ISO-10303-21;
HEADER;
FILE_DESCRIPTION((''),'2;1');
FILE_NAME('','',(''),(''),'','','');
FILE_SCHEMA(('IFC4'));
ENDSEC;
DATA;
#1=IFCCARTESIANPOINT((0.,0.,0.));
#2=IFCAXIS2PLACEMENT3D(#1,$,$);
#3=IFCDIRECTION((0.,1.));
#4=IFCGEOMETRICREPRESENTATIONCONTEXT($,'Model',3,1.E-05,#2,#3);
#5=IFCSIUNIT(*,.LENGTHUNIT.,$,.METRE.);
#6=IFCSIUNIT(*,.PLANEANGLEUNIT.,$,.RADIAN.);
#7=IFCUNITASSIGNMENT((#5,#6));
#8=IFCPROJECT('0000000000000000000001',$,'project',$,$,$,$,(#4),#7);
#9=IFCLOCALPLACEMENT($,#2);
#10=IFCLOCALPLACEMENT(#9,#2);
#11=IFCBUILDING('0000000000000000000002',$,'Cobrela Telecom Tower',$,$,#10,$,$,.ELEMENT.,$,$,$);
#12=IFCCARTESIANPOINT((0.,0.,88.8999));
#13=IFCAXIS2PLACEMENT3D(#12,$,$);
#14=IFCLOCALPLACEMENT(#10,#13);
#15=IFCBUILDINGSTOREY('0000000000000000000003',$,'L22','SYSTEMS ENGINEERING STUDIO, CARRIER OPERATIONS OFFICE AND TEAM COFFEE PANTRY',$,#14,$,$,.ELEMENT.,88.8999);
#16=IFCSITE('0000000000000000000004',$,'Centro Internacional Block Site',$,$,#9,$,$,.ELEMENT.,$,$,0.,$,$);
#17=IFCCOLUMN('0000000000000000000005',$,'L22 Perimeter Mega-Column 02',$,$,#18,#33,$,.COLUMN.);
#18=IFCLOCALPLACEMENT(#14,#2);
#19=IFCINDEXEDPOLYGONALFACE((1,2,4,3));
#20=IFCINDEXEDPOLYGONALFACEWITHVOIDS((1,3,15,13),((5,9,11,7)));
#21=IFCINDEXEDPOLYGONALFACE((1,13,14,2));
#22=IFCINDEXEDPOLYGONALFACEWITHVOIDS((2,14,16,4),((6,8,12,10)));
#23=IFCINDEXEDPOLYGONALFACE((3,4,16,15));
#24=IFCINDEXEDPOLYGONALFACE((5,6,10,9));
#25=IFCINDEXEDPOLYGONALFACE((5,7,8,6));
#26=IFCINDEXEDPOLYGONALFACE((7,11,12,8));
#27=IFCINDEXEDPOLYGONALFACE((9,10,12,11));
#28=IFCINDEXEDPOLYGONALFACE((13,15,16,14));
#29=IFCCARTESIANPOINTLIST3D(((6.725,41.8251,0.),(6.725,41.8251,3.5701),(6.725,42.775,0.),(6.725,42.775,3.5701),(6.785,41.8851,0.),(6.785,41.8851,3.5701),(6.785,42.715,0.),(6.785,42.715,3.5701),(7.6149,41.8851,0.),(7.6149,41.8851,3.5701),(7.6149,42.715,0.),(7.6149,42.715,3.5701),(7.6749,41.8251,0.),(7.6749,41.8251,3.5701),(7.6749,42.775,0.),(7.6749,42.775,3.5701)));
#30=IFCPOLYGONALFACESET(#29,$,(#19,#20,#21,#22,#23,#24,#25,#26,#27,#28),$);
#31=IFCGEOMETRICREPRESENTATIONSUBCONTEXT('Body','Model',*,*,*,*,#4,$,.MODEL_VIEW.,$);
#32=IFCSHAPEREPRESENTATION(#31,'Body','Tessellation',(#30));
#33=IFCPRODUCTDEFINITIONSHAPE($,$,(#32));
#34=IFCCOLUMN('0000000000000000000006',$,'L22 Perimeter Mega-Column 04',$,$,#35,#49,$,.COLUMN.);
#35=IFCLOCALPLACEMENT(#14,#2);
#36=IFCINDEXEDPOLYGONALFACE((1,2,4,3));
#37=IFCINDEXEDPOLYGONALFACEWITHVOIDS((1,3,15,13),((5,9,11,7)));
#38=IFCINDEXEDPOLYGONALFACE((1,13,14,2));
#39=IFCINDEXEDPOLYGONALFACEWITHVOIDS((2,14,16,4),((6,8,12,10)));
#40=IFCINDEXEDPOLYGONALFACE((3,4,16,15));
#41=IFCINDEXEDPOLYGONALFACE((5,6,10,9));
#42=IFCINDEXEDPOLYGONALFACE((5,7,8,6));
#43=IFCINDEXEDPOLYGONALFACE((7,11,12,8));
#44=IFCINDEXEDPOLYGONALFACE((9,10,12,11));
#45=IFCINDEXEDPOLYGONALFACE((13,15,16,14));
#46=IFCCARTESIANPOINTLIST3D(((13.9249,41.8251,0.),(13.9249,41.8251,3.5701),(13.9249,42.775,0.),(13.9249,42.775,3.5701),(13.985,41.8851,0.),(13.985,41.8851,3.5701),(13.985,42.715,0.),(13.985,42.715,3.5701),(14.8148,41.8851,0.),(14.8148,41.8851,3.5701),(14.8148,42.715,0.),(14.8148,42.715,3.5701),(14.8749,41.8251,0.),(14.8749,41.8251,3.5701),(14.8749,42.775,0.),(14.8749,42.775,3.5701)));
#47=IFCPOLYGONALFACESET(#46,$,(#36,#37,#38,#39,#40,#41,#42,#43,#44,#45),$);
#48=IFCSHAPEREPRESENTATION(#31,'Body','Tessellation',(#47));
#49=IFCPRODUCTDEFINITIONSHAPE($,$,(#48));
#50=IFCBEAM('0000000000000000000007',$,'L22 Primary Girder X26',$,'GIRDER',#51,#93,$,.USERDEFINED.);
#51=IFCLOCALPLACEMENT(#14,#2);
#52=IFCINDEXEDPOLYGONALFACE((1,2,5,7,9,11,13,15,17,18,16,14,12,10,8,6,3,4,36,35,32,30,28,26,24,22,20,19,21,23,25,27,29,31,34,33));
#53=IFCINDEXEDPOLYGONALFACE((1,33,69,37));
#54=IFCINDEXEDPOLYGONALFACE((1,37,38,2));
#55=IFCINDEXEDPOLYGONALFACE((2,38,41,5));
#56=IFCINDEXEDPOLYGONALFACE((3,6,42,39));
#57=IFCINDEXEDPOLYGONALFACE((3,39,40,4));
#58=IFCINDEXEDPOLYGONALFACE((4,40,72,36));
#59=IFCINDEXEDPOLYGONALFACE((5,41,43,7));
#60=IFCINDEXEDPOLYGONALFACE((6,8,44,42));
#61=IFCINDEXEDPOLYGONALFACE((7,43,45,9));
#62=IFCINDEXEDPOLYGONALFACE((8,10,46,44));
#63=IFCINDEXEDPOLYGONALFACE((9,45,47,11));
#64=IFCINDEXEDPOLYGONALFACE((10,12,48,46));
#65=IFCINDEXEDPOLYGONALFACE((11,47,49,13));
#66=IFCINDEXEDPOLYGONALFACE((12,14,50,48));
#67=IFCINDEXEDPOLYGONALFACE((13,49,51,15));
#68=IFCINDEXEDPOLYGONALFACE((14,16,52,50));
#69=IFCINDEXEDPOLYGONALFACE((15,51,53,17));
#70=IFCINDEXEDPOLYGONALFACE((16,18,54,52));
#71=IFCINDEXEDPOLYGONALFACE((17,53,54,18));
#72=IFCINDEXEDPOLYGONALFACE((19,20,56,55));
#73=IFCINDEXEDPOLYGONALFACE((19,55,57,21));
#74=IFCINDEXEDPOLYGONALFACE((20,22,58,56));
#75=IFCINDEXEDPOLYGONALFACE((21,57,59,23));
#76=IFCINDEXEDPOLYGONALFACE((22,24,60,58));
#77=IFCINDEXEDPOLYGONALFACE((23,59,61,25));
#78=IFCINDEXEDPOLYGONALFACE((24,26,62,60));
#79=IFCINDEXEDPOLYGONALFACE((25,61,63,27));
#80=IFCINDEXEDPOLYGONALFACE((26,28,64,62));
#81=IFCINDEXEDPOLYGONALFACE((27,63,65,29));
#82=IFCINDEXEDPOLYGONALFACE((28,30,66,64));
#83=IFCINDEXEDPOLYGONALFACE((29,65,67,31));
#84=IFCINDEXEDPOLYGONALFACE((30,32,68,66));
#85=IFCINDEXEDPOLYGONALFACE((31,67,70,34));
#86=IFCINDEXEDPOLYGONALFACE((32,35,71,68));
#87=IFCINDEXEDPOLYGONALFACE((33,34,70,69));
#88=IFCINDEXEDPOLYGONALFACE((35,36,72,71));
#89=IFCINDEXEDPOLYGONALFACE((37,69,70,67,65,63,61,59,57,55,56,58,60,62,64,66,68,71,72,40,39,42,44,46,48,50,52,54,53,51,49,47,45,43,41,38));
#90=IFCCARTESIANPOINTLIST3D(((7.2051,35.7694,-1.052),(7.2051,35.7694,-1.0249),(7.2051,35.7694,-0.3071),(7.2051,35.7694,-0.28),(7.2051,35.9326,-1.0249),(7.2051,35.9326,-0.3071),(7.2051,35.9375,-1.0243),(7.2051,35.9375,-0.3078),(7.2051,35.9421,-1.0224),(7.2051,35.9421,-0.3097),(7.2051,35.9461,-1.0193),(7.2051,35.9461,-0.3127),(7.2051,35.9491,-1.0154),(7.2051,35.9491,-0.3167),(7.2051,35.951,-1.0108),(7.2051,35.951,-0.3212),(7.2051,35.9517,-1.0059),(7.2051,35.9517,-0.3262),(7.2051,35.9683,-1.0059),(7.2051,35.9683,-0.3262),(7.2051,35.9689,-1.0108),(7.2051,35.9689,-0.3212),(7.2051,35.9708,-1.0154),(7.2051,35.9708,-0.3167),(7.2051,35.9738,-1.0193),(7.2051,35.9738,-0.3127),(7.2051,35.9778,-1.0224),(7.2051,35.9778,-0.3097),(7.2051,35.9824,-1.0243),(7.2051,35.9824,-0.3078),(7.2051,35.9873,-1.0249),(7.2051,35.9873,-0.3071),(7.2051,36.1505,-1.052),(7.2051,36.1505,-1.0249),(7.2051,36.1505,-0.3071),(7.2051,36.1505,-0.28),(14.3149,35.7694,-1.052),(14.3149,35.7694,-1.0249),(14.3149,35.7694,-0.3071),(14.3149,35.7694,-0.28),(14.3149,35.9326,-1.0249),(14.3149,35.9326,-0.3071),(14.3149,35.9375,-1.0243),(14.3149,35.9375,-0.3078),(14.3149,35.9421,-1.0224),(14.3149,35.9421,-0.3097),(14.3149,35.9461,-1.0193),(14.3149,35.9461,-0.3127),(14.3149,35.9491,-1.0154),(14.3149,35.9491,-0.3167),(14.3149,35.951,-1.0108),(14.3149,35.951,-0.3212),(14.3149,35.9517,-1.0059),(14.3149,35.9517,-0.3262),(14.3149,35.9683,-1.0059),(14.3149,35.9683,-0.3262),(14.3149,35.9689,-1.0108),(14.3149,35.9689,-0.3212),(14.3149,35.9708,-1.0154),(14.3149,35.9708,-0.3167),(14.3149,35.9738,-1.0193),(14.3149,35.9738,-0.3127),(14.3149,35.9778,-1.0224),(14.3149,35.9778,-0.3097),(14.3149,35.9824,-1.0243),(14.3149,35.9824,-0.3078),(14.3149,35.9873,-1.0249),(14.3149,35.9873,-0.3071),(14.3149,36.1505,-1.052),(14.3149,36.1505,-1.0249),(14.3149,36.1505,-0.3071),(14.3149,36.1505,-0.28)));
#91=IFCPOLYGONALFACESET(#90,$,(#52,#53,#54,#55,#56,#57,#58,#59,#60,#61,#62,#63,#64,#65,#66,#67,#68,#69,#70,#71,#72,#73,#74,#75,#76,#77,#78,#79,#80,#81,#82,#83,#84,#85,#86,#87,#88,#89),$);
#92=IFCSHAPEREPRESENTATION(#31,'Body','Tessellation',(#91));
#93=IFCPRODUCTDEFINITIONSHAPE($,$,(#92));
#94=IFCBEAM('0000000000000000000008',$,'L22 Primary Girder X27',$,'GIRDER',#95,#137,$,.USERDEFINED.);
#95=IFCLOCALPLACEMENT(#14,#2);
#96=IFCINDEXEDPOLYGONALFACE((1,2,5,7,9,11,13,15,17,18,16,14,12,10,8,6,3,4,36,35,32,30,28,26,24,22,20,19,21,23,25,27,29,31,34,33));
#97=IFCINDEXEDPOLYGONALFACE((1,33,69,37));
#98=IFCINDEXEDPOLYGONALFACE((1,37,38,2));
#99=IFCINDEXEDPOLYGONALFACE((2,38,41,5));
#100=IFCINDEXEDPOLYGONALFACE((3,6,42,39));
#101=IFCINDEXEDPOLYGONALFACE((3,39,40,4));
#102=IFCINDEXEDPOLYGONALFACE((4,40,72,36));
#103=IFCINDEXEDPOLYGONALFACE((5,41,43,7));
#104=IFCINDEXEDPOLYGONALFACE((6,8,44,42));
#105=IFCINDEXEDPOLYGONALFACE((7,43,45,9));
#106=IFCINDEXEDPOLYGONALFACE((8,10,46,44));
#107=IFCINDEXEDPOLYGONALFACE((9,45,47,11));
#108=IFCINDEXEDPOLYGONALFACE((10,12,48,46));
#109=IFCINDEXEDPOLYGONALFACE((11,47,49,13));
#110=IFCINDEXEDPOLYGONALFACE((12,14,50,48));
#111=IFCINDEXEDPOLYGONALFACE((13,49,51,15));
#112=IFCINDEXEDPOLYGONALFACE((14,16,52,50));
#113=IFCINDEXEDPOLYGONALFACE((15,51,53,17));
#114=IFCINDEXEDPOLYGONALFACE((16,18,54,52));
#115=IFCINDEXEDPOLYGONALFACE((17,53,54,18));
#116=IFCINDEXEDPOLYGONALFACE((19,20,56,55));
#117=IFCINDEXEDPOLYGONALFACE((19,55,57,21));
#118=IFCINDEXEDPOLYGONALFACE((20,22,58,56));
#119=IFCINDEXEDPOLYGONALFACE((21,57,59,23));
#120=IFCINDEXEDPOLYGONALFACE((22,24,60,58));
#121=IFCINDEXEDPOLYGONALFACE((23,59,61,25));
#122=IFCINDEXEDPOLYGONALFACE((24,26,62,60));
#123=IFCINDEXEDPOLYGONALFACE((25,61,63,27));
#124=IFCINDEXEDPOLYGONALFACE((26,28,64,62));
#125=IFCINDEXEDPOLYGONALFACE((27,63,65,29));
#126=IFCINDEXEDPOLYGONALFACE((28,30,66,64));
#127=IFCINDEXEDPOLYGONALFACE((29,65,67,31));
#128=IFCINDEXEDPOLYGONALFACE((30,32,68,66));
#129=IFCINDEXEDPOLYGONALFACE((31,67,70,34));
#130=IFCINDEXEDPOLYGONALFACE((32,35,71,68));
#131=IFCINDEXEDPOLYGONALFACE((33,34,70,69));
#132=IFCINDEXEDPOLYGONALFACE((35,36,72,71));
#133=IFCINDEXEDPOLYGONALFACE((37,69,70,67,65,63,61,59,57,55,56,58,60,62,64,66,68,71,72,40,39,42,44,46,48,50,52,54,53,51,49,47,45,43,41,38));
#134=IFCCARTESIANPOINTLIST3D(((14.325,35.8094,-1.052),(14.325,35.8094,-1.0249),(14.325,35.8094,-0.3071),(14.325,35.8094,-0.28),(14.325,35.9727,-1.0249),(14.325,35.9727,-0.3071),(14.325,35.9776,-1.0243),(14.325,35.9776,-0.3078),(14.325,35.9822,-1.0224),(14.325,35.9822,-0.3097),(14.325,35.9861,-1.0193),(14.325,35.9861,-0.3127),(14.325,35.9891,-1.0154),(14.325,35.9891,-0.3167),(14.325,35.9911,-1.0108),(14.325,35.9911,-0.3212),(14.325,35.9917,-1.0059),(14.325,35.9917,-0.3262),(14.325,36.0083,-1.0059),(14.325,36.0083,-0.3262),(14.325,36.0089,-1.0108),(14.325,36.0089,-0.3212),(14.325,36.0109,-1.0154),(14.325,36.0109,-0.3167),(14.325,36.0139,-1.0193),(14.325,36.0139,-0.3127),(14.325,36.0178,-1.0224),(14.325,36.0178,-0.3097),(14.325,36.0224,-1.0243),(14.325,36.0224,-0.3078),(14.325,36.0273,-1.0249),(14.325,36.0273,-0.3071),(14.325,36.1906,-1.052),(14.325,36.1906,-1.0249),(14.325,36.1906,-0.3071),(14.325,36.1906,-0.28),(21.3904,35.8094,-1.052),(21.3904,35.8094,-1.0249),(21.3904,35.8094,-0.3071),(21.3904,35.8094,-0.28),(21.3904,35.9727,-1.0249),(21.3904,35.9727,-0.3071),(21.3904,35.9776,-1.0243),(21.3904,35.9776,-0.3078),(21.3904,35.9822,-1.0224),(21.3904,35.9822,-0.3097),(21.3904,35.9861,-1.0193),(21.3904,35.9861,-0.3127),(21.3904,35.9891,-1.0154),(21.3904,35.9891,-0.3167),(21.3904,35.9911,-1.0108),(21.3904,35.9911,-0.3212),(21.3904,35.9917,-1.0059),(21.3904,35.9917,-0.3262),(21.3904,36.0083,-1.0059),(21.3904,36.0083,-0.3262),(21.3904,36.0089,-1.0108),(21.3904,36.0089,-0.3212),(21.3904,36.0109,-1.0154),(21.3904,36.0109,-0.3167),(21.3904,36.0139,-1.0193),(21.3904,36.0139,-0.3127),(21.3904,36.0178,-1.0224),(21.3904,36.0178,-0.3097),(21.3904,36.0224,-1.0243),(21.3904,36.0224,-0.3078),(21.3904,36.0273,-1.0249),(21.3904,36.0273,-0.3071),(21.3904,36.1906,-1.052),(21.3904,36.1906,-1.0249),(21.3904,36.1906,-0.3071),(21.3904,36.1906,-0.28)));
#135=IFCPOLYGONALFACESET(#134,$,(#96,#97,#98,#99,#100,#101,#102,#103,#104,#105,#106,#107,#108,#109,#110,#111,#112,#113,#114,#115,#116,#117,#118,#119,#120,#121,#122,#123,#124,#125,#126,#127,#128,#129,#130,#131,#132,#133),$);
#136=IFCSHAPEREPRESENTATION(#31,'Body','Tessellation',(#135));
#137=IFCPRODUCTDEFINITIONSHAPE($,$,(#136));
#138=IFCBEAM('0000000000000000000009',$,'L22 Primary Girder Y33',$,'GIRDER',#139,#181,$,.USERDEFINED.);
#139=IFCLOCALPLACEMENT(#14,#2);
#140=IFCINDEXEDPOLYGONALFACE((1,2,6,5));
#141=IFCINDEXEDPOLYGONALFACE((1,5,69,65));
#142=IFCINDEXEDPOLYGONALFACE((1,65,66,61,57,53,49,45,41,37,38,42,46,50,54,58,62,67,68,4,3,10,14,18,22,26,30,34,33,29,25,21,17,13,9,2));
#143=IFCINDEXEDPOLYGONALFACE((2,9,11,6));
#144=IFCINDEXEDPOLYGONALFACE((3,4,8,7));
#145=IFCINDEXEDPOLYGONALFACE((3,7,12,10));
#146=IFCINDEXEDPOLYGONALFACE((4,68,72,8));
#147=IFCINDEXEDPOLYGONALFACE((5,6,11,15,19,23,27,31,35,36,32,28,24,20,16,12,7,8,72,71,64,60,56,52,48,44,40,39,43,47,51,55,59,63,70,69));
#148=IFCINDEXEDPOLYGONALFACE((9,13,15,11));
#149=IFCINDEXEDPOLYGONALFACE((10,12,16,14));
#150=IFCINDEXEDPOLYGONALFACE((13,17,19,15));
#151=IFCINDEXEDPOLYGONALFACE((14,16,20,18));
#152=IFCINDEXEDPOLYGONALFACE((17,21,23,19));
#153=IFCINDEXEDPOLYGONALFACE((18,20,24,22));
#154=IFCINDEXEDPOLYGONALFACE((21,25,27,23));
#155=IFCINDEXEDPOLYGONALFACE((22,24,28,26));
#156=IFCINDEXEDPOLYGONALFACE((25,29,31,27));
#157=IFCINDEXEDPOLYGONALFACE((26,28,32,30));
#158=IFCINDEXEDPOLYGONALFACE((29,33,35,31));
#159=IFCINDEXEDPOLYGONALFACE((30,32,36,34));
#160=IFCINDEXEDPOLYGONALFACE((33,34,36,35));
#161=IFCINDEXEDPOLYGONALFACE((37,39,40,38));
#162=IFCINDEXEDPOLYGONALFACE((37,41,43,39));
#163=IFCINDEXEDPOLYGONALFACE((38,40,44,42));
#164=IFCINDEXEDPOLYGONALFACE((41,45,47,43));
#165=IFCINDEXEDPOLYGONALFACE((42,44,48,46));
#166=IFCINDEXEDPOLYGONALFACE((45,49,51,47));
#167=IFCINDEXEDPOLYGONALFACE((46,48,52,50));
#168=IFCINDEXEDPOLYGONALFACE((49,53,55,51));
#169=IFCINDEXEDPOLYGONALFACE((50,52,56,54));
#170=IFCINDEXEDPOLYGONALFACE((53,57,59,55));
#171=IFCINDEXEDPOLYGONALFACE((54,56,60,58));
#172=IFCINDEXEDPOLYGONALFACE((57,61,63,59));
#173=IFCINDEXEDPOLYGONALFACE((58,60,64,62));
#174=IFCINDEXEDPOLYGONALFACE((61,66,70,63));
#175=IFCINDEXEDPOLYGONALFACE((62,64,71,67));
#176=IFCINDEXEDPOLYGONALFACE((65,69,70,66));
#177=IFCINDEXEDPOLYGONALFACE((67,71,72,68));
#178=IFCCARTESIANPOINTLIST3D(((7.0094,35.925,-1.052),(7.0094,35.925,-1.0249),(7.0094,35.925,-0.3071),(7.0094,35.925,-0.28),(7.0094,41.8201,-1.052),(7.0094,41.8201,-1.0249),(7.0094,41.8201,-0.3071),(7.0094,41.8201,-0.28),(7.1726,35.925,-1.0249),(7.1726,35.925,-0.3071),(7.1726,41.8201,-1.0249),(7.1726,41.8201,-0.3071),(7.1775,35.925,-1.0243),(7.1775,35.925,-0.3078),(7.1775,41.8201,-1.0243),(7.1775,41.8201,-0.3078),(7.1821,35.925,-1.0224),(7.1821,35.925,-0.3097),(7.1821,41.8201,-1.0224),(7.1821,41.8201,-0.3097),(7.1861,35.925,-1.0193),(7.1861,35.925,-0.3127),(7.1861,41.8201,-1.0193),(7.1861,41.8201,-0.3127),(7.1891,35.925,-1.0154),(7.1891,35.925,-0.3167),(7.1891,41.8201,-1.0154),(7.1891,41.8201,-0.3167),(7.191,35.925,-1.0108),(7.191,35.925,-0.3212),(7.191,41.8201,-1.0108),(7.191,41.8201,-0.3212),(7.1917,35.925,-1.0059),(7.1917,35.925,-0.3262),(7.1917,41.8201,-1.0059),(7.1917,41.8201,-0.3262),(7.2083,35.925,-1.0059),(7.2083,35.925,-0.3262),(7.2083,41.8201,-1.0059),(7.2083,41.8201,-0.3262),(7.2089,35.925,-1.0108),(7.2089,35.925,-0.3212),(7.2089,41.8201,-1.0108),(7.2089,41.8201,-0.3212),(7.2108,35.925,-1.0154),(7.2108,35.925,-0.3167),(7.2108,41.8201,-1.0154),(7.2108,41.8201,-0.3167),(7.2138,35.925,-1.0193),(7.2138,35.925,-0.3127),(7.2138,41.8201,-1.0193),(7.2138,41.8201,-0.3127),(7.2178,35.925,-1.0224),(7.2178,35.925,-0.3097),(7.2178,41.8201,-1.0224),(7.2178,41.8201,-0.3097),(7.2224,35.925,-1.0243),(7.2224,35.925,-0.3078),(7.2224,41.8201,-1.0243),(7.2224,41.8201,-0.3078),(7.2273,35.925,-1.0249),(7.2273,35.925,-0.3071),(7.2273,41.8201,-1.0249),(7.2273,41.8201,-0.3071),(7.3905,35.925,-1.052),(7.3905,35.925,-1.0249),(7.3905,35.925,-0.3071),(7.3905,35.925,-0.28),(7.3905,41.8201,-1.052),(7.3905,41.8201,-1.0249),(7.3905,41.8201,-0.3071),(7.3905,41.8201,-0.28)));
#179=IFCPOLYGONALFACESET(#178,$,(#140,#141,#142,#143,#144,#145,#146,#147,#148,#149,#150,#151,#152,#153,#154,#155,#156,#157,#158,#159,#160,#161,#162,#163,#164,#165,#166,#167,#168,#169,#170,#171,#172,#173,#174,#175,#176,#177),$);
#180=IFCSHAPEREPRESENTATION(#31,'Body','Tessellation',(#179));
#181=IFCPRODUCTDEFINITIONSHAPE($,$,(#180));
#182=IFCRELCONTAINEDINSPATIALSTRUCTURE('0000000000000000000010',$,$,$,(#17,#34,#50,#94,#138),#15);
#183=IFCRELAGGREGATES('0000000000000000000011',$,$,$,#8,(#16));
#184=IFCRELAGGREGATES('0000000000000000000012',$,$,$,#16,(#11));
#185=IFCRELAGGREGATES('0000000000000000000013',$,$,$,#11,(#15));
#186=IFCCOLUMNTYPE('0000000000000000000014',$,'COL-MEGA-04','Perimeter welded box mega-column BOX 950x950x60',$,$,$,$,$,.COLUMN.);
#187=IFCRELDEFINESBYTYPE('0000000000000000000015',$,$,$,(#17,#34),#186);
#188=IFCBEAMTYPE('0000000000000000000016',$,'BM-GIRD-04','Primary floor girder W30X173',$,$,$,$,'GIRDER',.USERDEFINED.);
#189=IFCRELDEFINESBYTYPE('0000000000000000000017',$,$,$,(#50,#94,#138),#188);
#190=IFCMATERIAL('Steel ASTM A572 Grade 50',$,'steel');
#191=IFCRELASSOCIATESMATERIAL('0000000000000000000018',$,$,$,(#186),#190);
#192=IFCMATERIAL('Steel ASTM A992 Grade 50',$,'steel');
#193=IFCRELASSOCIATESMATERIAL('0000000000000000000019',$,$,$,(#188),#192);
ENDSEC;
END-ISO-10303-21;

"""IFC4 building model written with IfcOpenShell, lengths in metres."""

from ifc_helpers import new_model, si_unit, direction, frame, origin, origin_2d, place, context, subcontext, project, spatial, hollow_rectangle, i_section, extrude, material, material_profile, profile_set, type_object, element, save


model = new_model("IFC4")

# Units and contexts
model_context = context("Model", 3, precision=1e-05, world=origin(), true_north=direction((0.0, 1.0)))
body_context = subcontext(model_context, "Body", "Model", "MODEL_VIEW")
ifc_project = project(units=[si_unit("LENGTHUNIT", "METRE"), si_unit("PLANEANGLEUNIT", "RADIAN")], contexts=[model_context])

# Site, building, storey
site_placement = place(None, origin())
site = spatial("IfcSite", under=ifc_project, at=site_placement, Name="Centro Internacional Block Site", CompositionType="ELEMENT", RefElevation=0.0)
building_placement = place(site_placement, origin())
building = spatial("IfcBuilding", under=site, at=building_placement, Name="Cobrela Telecom Tower", CompositionType="ELEMENT")
storey_placement = place(building_placement, frame((0.0, 0.0, 88.8999)))
storey = spatial("IfcBuildingStorey", under=building, at=storey_placement, Name="L22", Description="SYSTEMS ENGINEERING STUDIO, CARRIER OPERATIONS OFFICE AND TEAM COFFEE PANTRY", CompositionType="ELEMENT", Elevation=88.8999)

# Columns
ifc_material_1 = material(Name="Steel ASTM A572 Grade 50", Category="steel")
ifc_material_profile_1 = material_profile(ifc_material_1, hollow_rectangle(XDim=0.95, YDim=0.95, WallThickness=0.0601, at=origin_2d()), Name="BOX 950x950x60")
ifc_profile_set_1 = profile_set([ifc_material_profile_1], Name="Steel ASTM A572 Grade 50")
column_type = type_object("IfcColumnType", Name="COL-MEGA-04", Description="Perimeter welded box mega-column BOX 950x950x60", PredefinedType="COLUMN", material=ifc_profile_set_1)
for number, where, z_axis, x_axis, name in (
    (1, (7.2, 42.3, 0.0), (0.0, 0.0, 1.0), (1.0, 0.0, 0.0), "L22 Perimeter Mega-Column 02"),
    (2, (14.3999, 42.3, 0.0), (0.0, 0.0, 1.0), (1.0, 0.0, 0.0), "L22 Perimeter Mega-Column 04"),
):
    element("IfcColumn", number, at=place(storey_placement, frame(where, z_axis=z_axis, x_axis=x_axis)), inside=storey, type_object=column_type, Name=name, PredefinedType="COLUMN", context=body_context, shape_type="SweptSolid", body=[
        extrude(hollow_rectangle(XDim=0.95, YDim=0.95, WallThickness=0.0601, at=origin_2d()), origin(), (0.0, 0.0, 1.0), 3.5701),
    ])

# Beams
ifc_material_2 = material(Name="Steel ASTM A992 Grade 50", Category="steel")
ifc_material_profile_2 = material_profile(ifc_material_2, i_section(OverallWidth=0.3811, OverallDepth=0.772, WebThickness=0.0166, FlangeThickness=0.0271, FilletRadius=0.019, at=origin_2d()), Name="W30X173")
ifc_profile_set_2 = profile_set([ifc_material_profile_2], Name="Steel ASTM A992 Grade 50")
beam_type_1 = type_object("IfcBeamType", Name="BM-GIRD-04", Description="Primary floor girder W30X173", ElementType="GIRDER", PredefinedType="USERDEFINED", material=ifc_profile_set_2)
beam_1_placement = place(storey_placement, frame((7.2051, 35.96, -0.666), z_axis=(1.0, 0.0, 0.0), x_axis=(0.0, 1.0, 0.0)))
element("IfcBeam", 3, at=beam_1_placement, inside=storey, type_object=beam_type_1, Name="L22 Primary Girder X26", ObjectType="GIRDER", PredefinedType="USERDEFINED", context=body_context, shape_type="SweptSolid", body=[
    extrude(i_section(OverallWidth=0.3811, OverallDepth=0.772, WebThickness=0.0166, FlangeThickness=0.0271, FilletRadius=0.019, at=origin_2d()), origin(), (0.0, 0.0, 1.0), 7.1099),
])
beam_2_placement = place(storey_placement, frame((14.325, 36.0, -0.666), z_axis=(1.0, 0.0, 0.0), x_axis=(0.0, 1.0, 0.0)))
element("IfcBeam", 4, at=beam_2_placement, inside=storey, type_object=beam_type_1, Name="L22 Primary Girder X27", ObjectType="GIRDER", PredefinedType="USERDEFINED", context=body_context, shape_type="SweptSolid", body=[
    extrude(i_section(OverallWidth=0.3811, OverallDepth=0.772, WebThickness=0.0166, FlangeThickness=0.0271, FilletRadius=0.019, at=origin_2d()), origin(), (0.0, 0.0, 1.0), 7.0654),
])
for number, where, z_axis, x_axis, name in (
    (5, (7.2, 35.925, -0.666), (0.0, 1.0, 0.0), (-1.0, 0.0, 0.0), "L22 Primary Girder Y33"),
):
    element("IfcBeam", number, at=place(storey_placement, frame(where, z_axis=z_axis, x_axis=x_axis)), inside=storey, type_object=beam_type_1, Name=name, ObjectType="GIRDER", PredefinedType="USERDEFINED", context=body_context, shape_type="SweptSolid", body=[
        extrude(i_section(OverallWidth=0.3811, OverallDepth=0.772, WebThickness=0.0166, FlangeThickness=0.0271, FilletRadius=0.019, at=origin_2d()), origin(), (0.0, 0.0, 1.0), 5.895),
    ])

save(model, "model.ifc")
